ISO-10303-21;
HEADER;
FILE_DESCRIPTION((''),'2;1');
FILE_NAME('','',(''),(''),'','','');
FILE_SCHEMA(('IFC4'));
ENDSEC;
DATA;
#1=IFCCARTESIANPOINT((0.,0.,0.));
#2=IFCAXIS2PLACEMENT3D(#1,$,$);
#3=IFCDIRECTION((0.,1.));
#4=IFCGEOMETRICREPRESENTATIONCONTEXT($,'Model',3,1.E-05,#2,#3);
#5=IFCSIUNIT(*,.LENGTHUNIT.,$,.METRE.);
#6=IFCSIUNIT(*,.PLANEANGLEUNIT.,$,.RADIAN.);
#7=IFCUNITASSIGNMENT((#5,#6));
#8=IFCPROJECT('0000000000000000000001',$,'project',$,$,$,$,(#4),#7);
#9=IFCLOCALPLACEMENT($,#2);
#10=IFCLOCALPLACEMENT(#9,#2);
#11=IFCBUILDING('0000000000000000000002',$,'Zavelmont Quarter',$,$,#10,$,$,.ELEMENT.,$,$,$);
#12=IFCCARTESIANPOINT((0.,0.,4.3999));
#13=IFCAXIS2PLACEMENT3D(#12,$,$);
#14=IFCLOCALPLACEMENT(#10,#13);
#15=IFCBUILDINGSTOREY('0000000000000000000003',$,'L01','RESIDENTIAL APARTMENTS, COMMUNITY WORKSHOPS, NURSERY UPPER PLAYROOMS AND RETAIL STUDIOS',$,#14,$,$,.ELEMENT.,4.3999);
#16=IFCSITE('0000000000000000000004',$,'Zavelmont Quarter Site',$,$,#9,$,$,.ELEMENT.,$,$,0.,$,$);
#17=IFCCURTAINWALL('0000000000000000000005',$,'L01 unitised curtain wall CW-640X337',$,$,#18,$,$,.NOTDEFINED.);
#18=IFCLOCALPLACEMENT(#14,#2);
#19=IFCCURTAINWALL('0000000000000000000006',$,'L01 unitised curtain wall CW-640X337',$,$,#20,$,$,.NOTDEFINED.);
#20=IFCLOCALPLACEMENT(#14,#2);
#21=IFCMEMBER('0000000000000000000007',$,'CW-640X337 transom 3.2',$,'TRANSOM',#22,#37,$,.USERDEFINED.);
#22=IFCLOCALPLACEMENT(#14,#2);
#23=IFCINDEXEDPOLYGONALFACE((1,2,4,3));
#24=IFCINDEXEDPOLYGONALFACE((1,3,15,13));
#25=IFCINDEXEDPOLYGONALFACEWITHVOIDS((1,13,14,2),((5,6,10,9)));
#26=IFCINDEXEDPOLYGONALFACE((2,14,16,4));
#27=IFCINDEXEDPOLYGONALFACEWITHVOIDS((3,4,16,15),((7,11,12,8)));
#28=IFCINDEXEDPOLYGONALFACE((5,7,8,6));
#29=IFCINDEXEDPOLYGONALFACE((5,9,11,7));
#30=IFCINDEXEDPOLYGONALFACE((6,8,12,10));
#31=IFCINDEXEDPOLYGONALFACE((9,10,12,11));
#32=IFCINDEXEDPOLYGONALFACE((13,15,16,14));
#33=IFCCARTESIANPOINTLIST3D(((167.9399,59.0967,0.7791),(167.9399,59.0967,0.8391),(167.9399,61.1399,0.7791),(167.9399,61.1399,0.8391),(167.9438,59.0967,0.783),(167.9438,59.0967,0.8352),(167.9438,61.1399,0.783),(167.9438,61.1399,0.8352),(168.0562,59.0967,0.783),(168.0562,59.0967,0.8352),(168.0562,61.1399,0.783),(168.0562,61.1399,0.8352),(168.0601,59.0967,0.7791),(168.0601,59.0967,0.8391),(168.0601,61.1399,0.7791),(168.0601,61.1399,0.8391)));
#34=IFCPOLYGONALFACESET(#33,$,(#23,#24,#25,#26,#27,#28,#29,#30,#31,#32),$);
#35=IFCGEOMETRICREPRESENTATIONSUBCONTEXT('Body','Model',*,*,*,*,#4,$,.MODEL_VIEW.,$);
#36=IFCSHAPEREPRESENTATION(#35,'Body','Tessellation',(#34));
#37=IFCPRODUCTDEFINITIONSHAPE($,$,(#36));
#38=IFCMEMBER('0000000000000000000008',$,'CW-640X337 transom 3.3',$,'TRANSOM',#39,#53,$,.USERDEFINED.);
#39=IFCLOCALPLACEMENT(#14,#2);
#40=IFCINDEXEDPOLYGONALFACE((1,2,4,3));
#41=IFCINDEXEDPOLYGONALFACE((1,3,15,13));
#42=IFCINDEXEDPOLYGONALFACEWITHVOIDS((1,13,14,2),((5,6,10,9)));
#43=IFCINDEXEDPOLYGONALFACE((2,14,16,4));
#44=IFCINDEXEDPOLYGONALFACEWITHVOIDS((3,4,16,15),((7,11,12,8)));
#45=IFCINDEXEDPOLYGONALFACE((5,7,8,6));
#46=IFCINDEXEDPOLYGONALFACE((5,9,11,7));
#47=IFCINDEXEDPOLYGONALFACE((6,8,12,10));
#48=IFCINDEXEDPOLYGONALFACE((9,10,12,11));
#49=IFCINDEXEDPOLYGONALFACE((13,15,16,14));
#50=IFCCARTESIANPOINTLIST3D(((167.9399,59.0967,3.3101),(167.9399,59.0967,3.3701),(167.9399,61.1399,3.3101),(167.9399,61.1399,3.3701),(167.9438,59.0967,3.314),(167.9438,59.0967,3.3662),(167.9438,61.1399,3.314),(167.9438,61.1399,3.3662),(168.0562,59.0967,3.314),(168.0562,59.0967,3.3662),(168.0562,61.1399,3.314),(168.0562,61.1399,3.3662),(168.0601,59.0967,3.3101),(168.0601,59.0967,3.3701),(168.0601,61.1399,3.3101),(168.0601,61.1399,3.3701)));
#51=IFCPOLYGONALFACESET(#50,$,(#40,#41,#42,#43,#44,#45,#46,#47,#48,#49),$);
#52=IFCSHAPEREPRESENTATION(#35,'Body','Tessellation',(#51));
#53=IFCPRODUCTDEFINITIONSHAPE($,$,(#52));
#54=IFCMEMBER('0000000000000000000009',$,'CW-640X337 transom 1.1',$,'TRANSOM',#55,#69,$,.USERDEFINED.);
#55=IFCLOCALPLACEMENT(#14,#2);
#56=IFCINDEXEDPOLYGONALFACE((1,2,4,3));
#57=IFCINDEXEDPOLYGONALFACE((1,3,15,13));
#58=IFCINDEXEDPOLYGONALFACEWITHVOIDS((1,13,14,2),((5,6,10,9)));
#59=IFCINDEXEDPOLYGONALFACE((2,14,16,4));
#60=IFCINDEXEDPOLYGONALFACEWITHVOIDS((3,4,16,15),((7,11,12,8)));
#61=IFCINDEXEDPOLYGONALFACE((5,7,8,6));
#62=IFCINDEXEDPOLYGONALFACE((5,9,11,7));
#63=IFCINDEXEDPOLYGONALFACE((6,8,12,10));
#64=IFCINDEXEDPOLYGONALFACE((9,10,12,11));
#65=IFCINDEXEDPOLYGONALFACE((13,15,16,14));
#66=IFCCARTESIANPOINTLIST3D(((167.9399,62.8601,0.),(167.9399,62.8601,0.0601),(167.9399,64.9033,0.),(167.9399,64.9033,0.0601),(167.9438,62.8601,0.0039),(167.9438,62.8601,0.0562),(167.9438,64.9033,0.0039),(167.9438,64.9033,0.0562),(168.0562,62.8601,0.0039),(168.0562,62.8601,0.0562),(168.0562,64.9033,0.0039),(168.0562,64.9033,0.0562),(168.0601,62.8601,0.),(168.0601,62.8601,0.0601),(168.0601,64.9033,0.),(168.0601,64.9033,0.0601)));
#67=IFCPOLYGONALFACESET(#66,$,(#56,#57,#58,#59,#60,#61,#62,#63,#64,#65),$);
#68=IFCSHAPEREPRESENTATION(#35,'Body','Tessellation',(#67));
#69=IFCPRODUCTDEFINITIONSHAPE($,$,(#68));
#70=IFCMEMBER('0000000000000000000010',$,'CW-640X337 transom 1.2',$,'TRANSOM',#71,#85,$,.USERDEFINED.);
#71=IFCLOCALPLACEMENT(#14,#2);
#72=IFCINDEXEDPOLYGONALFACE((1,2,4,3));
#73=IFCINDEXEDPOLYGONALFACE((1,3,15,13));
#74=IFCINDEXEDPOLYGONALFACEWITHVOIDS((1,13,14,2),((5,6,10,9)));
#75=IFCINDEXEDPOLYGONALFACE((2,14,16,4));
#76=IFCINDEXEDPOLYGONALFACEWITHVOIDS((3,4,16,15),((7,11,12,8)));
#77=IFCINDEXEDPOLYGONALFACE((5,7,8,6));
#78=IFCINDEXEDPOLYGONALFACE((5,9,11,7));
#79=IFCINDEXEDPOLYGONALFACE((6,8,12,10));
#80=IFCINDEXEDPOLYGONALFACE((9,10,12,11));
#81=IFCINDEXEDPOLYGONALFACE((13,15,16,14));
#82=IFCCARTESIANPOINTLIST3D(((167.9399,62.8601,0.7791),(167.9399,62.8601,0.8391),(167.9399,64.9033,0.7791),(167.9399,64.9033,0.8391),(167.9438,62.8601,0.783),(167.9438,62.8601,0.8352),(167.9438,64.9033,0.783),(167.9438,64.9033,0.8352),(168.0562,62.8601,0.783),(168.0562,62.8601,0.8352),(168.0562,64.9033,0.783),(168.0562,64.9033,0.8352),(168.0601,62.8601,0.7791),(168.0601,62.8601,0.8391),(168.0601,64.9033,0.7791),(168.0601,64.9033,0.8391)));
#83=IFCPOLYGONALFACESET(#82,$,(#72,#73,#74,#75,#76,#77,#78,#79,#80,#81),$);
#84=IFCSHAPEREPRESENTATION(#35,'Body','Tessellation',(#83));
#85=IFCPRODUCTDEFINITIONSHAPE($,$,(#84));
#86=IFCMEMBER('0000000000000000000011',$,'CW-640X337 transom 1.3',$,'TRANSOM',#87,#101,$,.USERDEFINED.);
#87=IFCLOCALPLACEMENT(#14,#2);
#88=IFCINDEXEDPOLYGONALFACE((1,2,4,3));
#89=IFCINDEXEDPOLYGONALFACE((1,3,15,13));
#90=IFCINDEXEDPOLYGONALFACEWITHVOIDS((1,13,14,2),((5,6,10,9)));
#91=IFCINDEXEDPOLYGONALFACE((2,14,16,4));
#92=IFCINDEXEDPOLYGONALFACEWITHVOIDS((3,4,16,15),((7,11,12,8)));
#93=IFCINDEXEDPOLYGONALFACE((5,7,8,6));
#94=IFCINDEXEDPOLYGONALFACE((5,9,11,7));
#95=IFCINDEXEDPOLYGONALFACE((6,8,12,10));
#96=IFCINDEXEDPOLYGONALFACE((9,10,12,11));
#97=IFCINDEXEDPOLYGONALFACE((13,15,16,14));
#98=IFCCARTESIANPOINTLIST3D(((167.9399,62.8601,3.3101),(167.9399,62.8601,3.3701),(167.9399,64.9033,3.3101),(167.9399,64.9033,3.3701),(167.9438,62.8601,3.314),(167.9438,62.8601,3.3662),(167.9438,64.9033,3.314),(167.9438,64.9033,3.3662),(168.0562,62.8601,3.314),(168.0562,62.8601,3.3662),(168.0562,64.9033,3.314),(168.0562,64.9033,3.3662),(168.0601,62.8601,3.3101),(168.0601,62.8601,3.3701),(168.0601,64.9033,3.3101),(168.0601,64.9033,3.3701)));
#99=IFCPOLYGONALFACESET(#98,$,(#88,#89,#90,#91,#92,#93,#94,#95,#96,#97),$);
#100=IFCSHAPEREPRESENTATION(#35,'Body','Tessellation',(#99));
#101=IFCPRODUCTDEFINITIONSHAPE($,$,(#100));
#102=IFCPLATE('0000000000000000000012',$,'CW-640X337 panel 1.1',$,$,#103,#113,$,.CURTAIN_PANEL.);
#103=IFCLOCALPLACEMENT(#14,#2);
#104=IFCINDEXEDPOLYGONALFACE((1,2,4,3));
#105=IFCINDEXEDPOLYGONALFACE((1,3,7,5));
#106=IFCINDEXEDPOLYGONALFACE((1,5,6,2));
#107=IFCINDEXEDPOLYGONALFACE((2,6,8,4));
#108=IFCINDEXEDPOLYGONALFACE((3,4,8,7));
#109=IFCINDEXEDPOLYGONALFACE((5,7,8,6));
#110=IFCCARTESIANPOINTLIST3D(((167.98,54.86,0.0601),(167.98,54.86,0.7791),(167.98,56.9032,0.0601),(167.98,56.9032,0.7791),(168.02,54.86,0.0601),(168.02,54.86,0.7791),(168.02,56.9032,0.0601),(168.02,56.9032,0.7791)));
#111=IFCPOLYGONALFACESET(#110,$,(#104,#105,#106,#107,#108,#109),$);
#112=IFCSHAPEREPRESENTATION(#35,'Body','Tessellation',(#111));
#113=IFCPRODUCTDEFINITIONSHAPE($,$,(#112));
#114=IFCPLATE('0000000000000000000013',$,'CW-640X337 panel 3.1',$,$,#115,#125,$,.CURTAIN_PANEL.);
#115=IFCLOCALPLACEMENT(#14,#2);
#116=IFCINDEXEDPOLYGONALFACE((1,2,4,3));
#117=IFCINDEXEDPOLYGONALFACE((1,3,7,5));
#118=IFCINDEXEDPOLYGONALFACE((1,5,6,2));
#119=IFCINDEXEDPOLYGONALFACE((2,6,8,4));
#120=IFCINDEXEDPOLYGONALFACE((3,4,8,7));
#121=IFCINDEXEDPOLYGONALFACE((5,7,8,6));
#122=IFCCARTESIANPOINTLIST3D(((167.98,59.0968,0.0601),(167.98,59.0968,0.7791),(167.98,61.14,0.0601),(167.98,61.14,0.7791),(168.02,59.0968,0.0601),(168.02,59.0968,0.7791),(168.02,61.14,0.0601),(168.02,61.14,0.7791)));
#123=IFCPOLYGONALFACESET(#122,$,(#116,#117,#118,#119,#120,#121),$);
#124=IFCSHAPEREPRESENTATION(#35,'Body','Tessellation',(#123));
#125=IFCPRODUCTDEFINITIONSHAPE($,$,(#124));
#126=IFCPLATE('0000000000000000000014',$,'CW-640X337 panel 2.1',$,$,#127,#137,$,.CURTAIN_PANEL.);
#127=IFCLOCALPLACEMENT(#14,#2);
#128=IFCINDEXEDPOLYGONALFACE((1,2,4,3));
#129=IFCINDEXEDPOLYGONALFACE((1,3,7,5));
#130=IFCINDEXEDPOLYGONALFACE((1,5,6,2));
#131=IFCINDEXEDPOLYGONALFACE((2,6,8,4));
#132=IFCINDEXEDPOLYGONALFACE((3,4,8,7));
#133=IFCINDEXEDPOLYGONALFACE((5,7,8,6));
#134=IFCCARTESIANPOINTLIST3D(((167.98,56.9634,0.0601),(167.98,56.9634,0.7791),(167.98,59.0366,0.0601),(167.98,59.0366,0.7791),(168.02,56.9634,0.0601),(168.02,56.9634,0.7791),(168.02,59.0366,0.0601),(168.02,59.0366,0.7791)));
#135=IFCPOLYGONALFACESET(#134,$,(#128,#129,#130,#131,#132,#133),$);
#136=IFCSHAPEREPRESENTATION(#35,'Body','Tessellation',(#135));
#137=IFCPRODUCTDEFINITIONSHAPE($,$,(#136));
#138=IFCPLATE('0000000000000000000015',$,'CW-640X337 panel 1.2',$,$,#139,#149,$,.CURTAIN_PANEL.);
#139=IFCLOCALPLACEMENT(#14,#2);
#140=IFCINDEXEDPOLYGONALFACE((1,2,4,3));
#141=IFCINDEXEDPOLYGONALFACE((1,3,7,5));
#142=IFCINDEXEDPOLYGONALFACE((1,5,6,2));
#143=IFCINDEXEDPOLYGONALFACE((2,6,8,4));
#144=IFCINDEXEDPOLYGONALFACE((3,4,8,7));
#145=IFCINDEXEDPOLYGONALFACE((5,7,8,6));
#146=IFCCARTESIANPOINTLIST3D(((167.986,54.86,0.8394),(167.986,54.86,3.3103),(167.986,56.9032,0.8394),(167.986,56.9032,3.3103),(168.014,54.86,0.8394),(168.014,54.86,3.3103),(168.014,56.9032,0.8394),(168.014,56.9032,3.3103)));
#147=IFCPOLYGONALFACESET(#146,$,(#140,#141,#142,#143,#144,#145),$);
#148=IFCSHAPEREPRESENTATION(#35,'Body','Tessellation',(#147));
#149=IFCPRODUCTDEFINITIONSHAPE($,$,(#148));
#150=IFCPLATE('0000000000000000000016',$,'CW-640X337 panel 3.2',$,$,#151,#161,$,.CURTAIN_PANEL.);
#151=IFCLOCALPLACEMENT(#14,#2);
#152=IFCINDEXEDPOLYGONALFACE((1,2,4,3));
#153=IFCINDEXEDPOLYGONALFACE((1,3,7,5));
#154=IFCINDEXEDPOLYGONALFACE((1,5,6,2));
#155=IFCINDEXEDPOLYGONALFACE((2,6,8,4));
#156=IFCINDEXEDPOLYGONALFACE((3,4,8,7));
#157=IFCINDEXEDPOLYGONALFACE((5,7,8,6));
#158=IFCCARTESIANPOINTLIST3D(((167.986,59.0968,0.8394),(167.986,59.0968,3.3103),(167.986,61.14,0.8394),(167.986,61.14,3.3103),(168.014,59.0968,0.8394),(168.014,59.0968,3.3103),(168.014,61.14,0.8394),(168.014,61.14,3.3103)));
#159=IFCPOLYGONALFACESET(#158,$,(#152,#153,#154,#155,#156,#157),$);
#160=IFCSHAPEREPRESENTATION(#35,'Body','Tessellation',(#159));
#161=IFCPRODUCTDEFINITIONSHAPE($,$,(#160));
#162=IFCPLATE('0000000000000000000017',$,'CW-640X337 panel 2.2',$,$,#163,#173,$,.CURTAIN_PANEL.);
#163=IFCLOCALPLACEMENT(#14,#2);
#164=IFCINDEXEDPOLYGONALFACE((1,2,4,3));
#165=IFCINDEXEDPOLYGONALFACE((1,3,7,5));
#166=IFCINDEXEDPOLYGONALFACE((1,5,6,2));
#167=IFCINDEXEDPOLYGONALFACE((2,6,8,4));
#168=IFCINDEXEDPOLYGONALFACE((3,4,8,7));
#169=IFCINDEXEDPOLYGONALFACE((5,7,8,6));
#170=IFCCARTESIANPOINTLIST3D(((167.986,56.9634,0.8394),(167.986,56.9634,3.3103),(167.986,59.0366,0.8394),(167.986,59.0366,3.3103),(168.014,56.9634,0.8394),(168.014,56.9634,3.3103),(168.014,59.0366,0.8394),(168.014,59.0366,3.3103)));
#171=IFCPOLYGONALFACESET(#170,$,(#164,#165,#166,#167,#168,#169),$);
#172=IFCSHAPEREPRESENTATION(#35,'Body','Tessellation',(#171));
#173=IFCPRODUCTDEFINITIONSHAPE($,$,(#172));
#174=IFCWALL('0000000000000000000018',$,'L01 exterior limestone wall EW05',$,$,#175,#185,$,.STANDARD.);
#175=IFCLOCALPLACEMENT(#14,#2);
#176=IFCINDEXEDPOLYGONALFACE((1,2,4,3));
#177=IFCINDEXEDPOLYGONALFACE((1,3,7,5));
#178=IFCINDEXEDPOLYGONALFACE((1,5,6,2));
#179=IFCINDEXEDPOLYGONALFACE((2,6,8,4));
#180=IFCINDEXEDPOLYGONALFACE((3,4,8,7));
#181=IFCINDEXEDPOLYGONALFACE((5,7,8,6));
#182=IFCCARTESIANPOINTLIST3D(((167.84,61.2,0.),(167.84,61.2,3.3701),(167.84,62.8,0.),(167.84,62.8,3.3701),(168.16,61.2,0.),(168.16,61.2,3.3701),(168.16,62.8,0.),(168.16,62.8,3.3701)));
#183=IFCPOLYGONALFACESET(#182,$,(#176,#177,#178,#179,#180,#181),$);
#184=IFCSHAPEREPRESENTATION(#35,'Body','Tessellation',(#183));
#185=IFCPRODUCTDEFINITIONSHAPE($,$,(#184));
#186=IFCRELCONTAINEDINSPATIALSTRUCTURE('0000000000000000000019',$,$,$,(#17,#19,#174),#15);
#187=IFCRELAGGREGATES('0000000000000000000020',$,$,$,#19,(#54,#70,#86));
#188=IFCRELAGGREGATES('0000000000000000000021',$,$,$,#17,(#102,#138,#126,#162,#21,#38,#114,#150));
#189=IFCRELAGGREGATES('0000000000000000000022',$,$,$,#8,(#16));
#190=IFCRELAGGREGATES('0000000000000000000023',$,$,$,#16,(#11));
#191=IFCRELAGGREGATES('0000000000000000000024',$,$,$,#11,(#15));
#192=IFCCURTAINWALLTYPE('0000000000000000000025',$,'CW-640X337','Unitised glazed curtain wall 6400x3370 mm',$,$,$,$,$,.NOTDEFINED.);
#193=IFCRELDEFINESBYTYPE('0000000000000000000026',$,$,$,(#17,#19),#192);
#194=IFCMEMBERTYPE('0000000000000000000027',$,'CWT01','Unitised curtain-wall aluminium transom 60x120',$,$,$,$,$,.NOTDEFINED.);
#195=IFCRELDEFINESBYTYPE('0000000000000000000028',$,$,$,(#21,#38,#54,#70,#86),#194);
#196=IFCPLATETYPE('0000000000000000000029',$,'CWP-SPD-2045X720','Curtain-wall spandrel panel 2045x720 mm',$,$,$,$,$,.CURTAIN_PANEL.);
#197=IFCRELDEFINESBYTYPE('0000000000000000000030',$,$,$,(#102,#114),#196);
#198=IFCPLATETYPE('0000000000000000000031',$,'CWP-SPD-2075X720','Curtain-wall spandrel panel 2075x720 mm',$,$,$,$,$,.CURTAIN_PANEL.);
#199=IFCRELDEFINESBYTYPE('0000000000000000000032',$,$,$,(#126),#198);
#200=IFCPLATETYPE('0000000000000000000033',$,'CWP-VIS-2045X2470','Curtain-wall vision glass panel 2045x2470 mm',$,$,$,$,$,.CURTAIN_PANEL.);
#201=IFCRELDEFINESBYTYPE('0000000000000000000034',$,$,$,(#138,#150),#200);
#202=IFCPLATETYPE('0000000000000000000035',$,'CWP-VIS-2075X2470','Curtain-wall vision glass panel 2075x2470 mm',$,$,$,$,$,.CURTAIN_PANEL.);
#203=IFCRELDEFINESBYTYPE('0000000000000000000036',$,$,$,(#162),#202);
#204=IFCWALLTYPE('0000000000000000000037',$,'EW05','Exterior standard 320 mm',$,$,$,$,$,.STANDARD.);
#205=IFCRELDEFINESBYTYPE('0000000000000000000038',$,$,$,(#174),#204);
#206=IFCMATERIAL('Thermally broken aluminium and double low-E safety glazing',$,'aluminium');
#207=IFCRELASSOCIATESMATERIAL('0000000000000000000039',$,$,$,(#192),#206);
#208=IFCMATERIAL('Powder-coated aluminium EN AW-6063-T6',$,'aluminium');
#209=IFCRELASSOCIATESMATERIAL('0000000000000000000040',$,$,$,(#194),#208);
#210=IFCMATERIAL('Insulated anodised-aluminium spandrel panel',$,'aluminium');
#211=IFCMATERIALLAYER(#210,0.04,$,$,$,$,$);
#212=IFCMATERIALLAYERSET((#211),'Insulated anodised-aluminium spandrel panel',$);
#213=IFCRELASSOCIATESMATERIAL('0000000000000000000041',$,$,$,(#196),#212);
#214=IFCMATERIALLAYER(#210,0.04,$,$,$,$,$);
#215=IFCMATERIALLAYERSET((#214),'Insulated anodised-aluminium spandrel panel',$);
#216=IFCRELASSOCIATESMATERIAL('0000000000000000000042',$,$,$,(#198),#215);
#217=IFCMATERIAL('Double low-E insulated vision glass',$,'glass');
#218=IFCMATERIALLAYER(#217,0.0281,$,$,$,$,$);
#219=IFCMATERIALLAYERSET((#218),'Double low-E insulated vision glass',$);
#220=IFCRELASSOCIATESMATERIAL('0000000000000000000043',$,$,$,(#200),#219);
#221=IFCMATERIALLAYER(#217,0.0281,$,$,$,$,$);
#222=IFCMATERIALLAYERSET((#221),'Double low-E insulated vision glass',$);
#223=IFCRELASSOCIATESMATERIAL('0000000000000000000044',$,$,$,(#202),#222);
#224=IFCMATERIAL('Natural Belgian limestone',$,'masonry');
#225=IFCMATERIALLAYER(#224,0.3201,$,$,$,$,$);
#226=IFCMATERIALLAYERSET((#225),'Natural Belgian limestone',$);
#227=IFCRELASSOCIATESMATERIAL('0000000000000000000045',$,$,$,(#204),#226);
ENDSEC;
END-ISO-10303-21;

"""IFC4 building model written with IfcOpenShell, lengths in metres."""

from ifc_helpers import new_model, si_unit, direction, frame, frame_2d, origin, origin_2d, place, context, subcontext, project, spatial, rectangle, hollow_rectangle, extrude, material, layer, layer_set, material_profile, profile_set, type_object, element, aggregate, save


model = new_model("IFC4")

# Units and contexts
model_context = context("Model", 3, precision=1e-05, world=origin(), true_north=direction((0.0, 1.0)))
body_context = subcontext(model_context, "Body", "Model", "MODEL_VIEW")
ifc_project = project(units=[si_unit("LENGTHUNIT", "METRE"), si_unit("PLANEANGLEUNIT", "RADIAN")], contexts=[model_context])

# Site, building, storey
site_placement = place(None, origin())
site = spatial("IfcSite", under=ifc_project, at=site_placement, Name="Zavelmont Quarter Site", CompositionType="ELEMENT", RefElevation=0.0)
building_placement = place(site_placement, origin())
building = spatial("IfcBuilding", under=site, at=building_placement, Name="Zavelmont Quarter", CompositionType="ELEMENT")
storey_placement = place(building_placement, frame((0.0, 0.0, 4.3999)))
storey = spatial("IfcBuildingStorey", under=building, at=storey_placement, Name="L01", Description="RESIDENTIAL APARTMENTS, COMMUNITY WORKSHOPS, NURSERY UPPER PLAYROOMS AND RETAIL STUDIOS", CompositionType="ELEMENT", Elevation=4.3999)

# Curtain wall
ifc_material_1 = material(Name="Thermally broken aluminium and double low-E safety glazing", Category="aluminium")
curtain_wall_type = type_object("IfcCurtainWallType", Name="CW-640X337", Description="Unitised glazed curtain wall 6400x3370 mm", PredefinedType="NOTDEFINED", material=ifc_material_1)
curtain_wall_1_placement = place(storey_placement, origin())
curtain_wall_1 = element("IfcCurtainWall", 1, at=curtain_wall_1_placement, inside=storey, type_object=curtain_wall_type, Name="L01 unitised curtain wall CW-640X337", PredefinedType="NOTDEFINED")
ifc_material_2 = material(Name="Powder-coated aluminium EN AW-6063-T6", Category="aluminium")

# Curtain wall
curtain_wall_2_placement = place(storey_placement, origin())
curtain_wall_2 = element("IfcCurtainWall", 2, at=curtain_wall_2_placement, inside=storey, type_object=curtain_wall_type, Name="L01 unitised curtain wall CW-640X337", PredefinedType="NOTDEFINED")

# Members
ifc_material_profile_1 = material_profile(ifc_material_2, hollow_rectangle(XDim=0.1201, YDim=0.0601, WallThickness=0.0039, at=origin_2d()), Name="CWT60X120")
ifc_profile_set_1 = profile_set([ifc_material_profile_1], Name="Powder-coated aluminium EN AW-6063-T6")
member_type_1 = type_object("IfcMemberType", Name="CWT01", Description="Unitised curtain-wall aluminium transom 60x120", PredefinedType="NOTDEFINED", material=ifc_profile_set_1)
member_1_placement = place(storey_placement, frame((168.0, 59.0967, 0.8091), z_axis=(0.0, 1.0, 0.0), x_axis=(-1.0, 0.0, 0.0)))
member_1 = element("IfcMember", 3, at=member_1_placement, type_object=member_type_1, Name="CW-640X337 transom 3.2", ObjectType="TRANSOM", PredefinedType="USERDEFINED", context=body_context, shape_type="SweptSolid", body=[
    extrude(hollow_rectangle(XDim=0.1201, YDim=0.0601, WallThickness=0.0039, at=origin_2d()), origin(), (0.0, 0.0, 1.0), 2.0432),
])
member_2_placement = place(storey_placement, frame((168.0, 59.0967, 3.3401), z_axis=(0.0, 1.0, 0.0), x_axis=(-1.0, 0.0, 0.0)))
member_2 = element("IfcMember", 4, at=member_2_placement, type_object=member_type_1, Name="CW-640X337 transom 3.3", ObjectType="TRANSOM", PredefinedType="USERDEFINED", context=body_context, shape_type="SweptSolid", body=[
    extrude(hollow_rectangle(XDim=0.1201, YDim=0.0601, WallThickness=0.0039, at=origin_2d()), origin(), (0.0, 0.0, 1.0), 2.0432),
])
member_3_placement = place(storey_placement, frame((168.0, 62.8601, 0.03), z_axis=(0.0, 1.0, 0.0), x_axis=(-1.0, 0.0, 0.0)))
member_3 = element("IfcMember", 5, at=member_3_placement, type_object=member_type_1, Name="CW-640X337 transom 1.1", ObjectType="TRANSOM", PredefinedType="USERDEFINED", context=body_context, shape_type="SweptSolid", body=[
    extrude(hollow_rectangle(XDim=0.1201, YDim=0.0601, WallThickness=0.0039, at=origin_2d()), origin(), (0.0, 0.0, 1.0), 2.0432),
])
member_4_placement = place(storey_placement, frame((168.0, 62.8601, 0.8091), z_axis=(0.0, 1.0, 0.0), x_axis=(-1.0, 0.0, 0.0)))
member_4 = element("IfcMember", 6, at=member_4_placement, type_object=member_type_1, Name="CW-640X337 transom 1.2", ObjectType="TRANSOM", PredefinedType="USERDEFINED", context=body_context, shape_type="SweptSolid", body=[
    extrude(hollow_rectangle(XDim=0.1201, YDim=0.0601, WallThickness=0.0039, at=origin_2d()), origin(), (0.0, 0.0, 1.0), 2.0432),
])
member_5_placement = place(storey_placement, frame((168.0, 62.8601, 3.3401), z_axis=(0.0, 1.0, 0.0), x_axis=(-1.0, 0.0, 0.0)))
member_5 = element("IfcMember", 7, at=member_5_placement, type_object=member_type_1, Name="CW-640X337 transom 1.3", ObjectType="TRANSOM", PredefinedType="USERDEFINED", context=body_context, shape_type="SweptSolid", body=[
    extrude(hollow_rectangle(XDim=0.1201, YDim=0.0601, WallThickness=0.0039, at=origin_2d()), origin(), (0.0, 0.0, 1.0), 2.0432),
])
aggregate(curtain_wall_2, [member_3, member_4, member_5])

# Plates
ifc_material_3 = material(Name="Insulated anodised-aluminium spandrel panel", Category="aluminium")
ifc_layer_1 = layer(ifc_material_3, 0.04)
ifc_layer_set_1 = layer_set([ifc_layer_1], Name="Insulated anodised-aluminium spandrel panel")
plate_type_1 = type_object("IfcPlateType", Name="CWP-SPD-2045X720", Description="Curtain-wall spandrel panel 2045x720 mm", PredefinedType="CURTAIN_PANEL", material=ifc_layer_set_1)
plate_1_placement = place(storey_placement, frame((168.0, 55.8816, 0.0601), z_axis=(0.0, 0.0, 1.0), x_axis=(0.0, 1.0, 0.0)))
plate_1 = element("IfcPlate", 8, at=plate_1_placement, type_object=plate_type_1, Name="CW-640X337 panel 1.1", PredefinedType="CURTAIN_PANEL", context=body_context, shape_type="SweptSolid", body=[
    extrude(rectangle(XDim=2.0432, YDim=0.04, at=origin_2d()), origin(), (0.0, 0.0, 1.0), 0.719),
])
plate_2_placement = place(storey_placement, frame((168.0, 60.1184, 0.0601), z_axis=(0.0, 0.0, 1.0), x_axis=(0.0, 1.0, 0.0)))
plate_2 = element("IfcPlate", 9, at=plate_2_placement, type_object=plate_type_1, Name="CW-640X337 panel 3.1", PredefinedType="CURTAIN_PANEL", context=body_context, shape_type="SweptSolid", body=[
    extrude(rectangle(XDim=2.0432, YDim=0.04, at=origin_2d()), origin(), (0.0, 0.0, 1.0), 0.719),
])
ifc_layer_2 = layer(ifc_material_3, 0.04)
ifc_layer_set_2 = layer_set([ifc_layer_2], Name="Insulated anodised-aluminium spandrel panel")
plate_type_2 = type_object("IfcPlateType", Name="CWP-SPD-2075X720", Description="Curtain-wall spandrel panel 2075x720 mm", PredefinedType="CURTAIN_PANEL", material=ifc_layer_set_2)
plate_3_placement = place(storey_placement, frame((168.0, 58.0, 0.0601), z_axis=(0.0, 0.0, 1.0), x_axis=(0.0, 1.0, 0.0)))
plate_3 = element("IfcPlate", 10, at=plate_3_placement, type_object=plate_type_2, Name="CW-640X337 panel 2.1", PredefinedType="CURTAIN_PANEL", context=body_context, shape_type="SweptSolid", body=[
    extrude(rectangle(XDim=2.0732, YDim=0.04, at=origin_2d()), origin(), (0.0, 0.0, 1.0), 0.719),
])
ifc_material_4 = material(Name="Double low-E insulated vision glass", Category="glass")
ifc_layer_3 = layer(ifc_material_4, 0.0281)
ifc_layer_set_3 = layer_set([ifc_layer_3], Name="Double low-E insulated vision glass")
plate_type_3 = type_object("IfcPlateType", Name="CWP-VIS-2045X2470", Description="Curtain-wall vision glass panel 2045x2470 mm", PredefinedType="CURTAIN_PANEL", material=ifc_layer_set_3)
plate_4_placement = place(storey_placement, frame((168.0, 55.8816, 0.8394), z_axis=(0.0, 0.0, 1.0), x_axis=(0.0, 1.0, 0.0)))
plate_4 = element("IfcPlate", 11, at=plate_4_placement, type_object=plate_type_3, Name="CW-640X337 panel 1.2", PredefinedType="CURTAIN_PANEL", context=body_context, shape_type="SweptSolid", body=[
    extrude(rectangle(XDim=2.0432, YDim=0.0281, at=origin_2d()), origin(), (0.0, 0.0, 1.0), 2.4709),
])
plate_5_placement = place(storey_placement, frame((168.0, 60.1184, 0.8394), z_axis=(0.0, 0.0, 1.0), x_axis=(0.0, 1.0, 0.0)))
plate_5 = element("IfcPlate", 12, at=plate_5_placement, type_object=plate_type_3, Name="CW-640X337 panel 3.2", PredefinedType="CURTAIN_PANEL", context=body_context, shape_type="SweptSolid", body=[
    extrude(rectangle(XDim=2.0432, YDim=0.0281, at=origin_2d()), origin(), (0.0, 0.0, 1.0), 2.4709),
])
ifc_layer_4 = layer(ifc_material_4, 0.0281)
ifc_layer_set_4 = layer_set([ifc_layer_4], Name="Double low-E insulated vision glass")
plate_type_4 = type_object("IfcPlateType", Name="CWP-VIS-2075X2470", Description="Curtain-wall vision glass panel 2075x2470 mm", PredefinedType="CURTAIN_PANEL", material=ifc_layer_set_4)
plate_6_placement = place(storey_placement, frame((168.0, 58.0, 0.8394), z_axis=(0.0, 0.0, 1.0), x_axis=(0.0, 1.0, 0.0)))
plate_6 = element("IfcPlate", 13, at=plate_6_placement, type_object=plate_type_4, Name="CW-640X337 panel 2.2", PredefinedType="CURTAIN_PANEL", context=body_context, shape_type="SweptSolid", body=[
    extrude(rectangle(XDim=2.0732, YDim=0.0281, at=origin_2d()), origin(), (0.0, 0.0, 1.0), 2.4709),
])
aggregate(curtain_wall_1, [plate_1, plate_4, plate_3, plate_6, member_1, member_2, plate_2, plate_5])

# Wall
ifc_material_5 = material(Name="Natural Belgian limestone", Category="masonry")
ifc_layer_5 = layer(ifc_material_5, 0.3201)
ifc_layer_set_5 = layer_set([ifc_layer_5], Name="Natural Belgian limestone")
wall_type = type_object("IfcWallType", Name="EW05", Description="Exterior standard 320 mm", PredefinedType="STANDARD", material=ifc_layer_set_5)
wall_placement = place(storey_placement, frame((168.0, 61.2, 0.0), z_axis=(0.0, 0.0, 1.0), x_axis=(0.0, 1.0, 0.0)))
element("IfcWall", 14, at=wall_placement, inside=storey, type_object=wall_type, Name="L01 exterior limestone wall EW05", PredefinedType="STANDARD", context=body_context, shape_type="SweptSolid", body=[
    extrude(rectangle(XDim=1.6001, YDim=0.3201, at=frame_2d((0.8, 0.0))), origin(), (0.0, 0.0, 1.0), 3.3701),
])

save(model, "model.ifc")
